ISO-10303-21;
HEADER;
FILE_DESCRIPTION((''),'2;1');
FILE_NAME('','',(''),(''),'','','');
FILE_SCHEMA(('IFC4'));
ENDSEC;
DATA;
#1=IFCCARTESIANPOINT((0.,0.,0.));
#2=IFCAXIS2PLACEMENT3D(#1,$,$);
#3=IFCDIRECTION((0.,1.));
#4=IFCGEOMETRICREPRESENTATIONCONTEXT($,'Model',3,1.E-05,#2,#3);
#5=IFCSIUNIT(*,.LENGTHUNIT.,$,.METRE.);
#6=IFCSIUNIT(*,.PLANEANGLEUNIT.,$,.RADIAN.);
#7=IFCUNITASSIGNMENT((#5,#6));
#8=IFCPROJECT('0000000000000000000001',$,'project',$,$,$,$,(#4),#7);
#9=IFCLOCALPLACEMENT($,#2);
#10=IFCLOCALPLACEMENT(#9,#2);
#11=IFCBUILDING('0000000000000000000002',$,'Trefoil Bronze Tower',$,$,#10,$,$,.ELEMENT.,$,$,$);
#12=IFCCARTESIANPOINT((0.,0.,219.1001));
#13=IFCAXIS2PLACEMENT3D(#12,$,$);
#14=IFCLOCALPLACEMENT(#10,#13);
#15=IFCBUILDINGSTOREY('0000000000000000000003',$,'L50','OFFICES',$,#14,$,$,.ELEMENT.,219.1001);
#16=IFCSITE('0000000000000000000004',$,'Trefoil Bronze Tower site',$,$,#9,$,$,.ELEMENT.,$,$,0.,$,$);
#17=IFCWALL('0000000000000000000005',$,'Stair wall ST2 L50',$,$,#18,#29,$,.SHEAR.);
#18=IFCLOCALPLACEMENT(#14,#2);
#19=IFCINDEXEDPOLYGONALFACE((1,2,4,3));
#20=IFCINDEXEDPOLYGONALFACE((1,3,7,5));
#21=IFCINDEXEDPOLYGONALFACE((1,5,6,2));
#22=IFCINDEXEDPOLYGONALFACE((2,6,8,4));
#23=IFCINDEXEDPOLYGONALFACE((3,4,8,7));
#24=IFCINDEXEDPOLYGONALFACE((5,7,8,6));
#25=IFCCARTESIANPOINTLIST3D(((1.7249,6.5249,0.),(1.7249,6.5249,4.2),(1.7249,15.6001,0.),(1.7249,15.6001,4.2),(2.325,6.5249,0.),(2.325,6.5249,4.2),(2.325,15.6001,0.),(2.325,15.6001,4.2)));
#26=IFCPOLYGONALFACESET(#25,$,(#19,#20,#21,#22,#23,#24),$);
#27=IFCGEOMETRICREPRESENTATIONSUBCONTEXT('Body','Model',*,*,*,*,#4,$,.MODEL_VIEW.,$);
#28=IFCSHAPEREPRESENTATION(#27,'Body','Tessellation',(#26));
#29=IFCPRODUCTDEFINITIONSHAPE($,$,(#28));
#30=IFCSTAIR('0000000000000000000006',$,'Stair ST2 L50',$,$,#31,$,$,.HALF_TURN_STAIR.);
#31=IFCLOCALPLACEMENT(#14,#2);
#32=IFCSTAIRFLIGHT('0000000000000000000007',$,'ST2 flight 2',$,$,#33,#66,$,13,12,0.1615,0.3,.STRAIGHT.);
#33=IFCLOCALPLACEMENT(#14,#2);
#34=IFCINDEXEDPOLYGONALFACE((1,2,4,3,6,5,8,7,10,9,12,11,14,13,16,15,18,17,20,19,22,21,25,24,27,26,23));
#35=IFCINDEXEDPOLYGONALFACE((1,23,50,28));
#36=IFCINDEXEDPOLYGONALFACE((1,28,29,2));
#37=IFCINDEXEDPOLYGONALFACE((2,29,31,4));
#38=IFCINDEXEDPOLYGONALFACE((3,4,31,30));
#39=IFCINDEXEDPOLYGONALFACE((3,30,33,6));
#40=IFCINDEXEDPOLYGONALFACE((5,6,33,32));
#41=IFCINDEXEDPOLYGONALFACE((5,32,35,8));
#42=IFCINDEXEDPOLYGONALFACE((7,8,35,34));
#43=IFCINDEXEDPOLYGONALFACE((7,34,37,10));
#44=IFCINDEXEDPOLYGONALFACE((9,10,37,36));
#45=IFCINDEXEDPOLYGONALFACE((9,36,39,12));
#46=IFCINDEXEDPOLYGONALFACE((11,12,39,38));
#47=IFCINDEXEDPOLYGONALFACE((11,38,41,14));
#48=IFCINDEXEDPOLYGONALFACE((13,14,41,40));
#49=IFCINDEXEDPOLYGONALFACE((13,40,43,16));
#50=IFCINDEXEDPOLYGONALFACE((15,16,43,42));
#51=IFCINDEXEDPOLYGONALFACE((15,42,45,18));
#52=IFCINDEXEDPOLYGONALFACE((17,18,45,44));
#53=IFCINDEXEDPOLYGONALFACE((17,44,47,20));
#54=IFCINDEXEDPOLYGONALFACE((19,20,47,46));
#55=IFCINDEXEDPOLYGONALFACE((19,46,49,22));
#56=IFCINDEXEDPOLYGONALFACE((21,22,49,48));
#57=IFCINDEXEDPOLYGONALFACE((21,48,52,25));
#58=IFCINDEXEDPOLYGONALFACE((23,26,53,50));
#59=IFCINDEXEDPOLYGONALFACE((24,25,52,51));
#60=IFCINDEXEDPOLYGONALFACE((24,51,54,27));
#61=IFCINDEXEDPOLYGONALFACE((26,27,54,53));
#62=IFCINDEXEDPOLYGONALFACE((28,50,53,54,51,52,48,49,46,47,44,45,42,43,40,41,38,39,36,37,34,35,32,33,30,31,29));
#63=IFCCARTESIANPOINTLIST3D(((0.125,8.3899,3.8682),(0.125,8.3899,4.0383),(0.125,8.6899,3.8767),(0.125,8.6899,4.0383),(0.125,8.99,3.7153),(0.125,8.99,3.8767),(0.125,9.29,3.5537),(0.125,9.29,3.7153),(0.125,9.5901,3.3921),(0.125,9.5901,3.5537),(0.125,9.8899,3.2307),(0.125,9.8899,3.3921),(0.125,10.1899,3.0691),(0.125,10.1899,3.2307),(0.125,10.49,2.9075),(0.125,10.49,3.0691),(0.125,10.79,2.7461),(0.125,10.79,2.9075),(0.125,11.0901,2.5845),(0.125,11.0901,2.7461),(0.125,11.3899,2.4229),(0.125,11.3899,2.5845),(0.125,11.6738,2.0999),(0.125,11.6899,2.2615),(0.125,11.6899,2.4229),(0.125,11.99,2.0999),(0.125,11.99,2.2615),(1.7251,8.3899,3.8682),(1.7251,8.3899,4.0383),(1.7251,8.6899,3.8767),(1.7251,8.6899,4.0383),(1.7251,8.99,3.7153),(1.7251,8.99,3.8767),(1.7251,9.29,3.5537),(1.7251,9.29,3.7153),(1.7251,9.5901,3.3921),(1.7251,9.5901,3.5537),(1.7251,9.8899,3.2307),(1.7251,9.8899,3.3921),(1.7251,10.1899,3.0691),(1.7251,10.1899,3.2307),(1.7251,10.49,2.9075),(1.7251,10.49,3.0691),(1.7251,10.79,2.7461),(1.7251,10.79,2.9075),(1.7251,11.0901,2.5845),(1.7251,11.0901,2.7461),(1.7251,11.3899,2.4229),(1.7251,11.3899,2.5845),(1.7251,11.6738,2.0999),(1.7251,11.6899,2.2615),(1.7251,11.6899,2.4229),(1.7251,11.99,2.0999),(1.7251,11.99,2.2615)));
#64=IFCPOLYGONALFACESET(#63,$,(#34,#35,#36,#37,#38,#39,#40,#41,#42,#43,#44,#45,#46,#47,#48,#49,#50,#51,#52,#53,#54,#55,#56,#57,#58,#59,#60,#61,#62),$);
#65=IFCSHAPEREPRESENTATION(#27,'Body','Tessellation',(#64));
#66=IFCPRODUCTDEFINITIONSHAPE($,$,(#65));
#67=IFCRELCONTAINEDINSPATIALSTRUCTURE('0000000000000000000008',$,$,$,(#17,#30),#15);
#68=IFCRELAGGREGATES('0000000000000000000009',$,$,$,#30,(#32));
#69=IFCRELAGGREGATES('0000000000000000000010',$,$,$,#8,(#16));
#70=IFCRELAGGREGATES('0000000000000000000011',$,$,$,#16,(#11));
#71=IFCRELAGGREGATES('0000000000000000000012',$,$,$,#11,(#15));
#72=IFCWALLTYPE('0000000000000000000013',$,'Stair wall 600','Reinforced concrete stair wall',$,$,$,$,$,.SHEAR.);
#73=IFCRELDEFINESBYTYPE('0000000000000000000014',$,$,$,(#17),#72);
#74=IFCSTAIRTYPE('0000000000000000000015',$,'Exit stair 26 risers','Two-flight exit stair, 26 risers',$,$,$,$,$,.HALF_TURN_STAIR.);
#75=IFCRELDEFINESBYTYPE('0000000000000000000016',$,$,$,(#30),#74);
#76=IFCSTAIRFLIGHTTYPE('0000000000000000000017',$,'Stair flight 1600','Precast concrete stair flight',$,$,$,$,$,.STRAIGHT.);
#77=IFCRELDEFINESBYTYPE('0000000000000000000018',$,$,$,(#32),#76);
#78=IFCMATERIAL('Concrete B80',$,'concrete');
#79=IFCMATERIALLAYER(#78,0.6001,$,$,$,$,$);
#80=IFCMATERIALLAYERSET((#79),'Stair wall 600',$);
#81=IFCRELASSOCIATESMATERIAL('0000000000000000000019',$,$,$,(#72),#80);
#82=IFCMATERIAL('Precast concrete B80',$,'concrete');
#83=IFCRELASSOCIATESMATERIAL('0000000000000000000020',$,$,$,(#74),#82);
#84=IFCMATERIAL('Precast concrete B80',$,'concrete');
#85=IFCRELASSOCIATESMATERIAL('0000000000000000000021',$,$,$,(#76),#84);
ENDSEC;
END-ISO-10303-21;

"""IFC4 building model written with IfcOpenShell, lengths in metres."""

from ifc_helpers import new_model, si_unit, direction, frame, frame_2d, origin, place, context, subcontext, project, spatial, polyline, rectangle, outline, extrude, material, layer, layer_set, type_object, element, aggregate, save


model = new_model("IFC4")

# Units and contexts
model_context = context("Model", 3, precision=1e-05, world=origin(), true_north=direction((0.0, 1.0)))
body_context = subcontext(model_context, "Body", "Model", "MODEL_VIEW")
ifc_project = project(units=[si_unit("LENGTHUNIT", "METRE"), si_unit("PLANEANGLEUNIT", "RADIAN")], contexts=[model_context])

# Site, building, storey
site_placement = place(None, origin())
site = spatial("IfcSite", under=ifc_project, at=site_placement, Name="Trefoil Bronze Tower site", CompositionType="ELEMENT", RefElevation=0.0)
building_placement = place(site_placement, origin())
building = spatial("IfcBuilding", under=site, at=building_placement, Name="Trefoil Bronze Tower", CompositionType="ELEMENT")
storey_placement = place(building_placement, frame((0.0, 0.0, 219.1001)))
storey = spatial("IfcBuildingStorey", under=building, at=storey_placement, Name="L50", Description="OFFICES", CompositionType="ELEMENT", Elevation=219.1001)

# Wall
ifc_material_1 = material(Name="Concrete B80", Category="concrete")
ifc_layer_1 = layer(ifc_material_1, 0.6001)
ifc_layer_set_1 = layer_set([ifc_layer_1], Name="Stair wall 600")
wall_type_1 = type_object("IfcWallType", Name="Stair wall 600", Description="Reinforced concrete stair wall", PredefinedType="SHEAR", material=ifc_layer_set_1)
wall_1_placement = place(storey_placement, frame((2.0249, 6.5249, 0.0), z_axis=(0.0, 0.0, 1.0), x_axis=(0.0, 1.0, 0.0)))
element("IfcWall", 1, at=wall_1_placement, inside=storey, type_object=wall_type_1, Name="Stair wall ST2 L50", PredefinedType="SHEAR", context=body_context, shape_type="SweptSolid", body=[
    extrude(rectangle(XDim=9.0752, YDim=0.6001, at=frame_2d((4.5376, 0.0))), origin(), (0.0, 0.0, 1.0), 4.2),
])

# Stair, stair flight
ifc_material_2 = material(Name="Precast concrete B80", Category="concrete")
stair_type = type_object("IfcStairType", Name="Exit stair 26 risers", Description="Two-flight exit stair, 26 risers", PredefinedType="HALF_TURN_STAIR", material=ifc_material_2)
stair_placement = place(storey_placement, origin())
stair = element("IfcStair", 2, at=stair_placement, inside=storey, type_object=stair_type, Name="Stair ST2 L50", PredefinedType="HALF_TURN_STAIR")
ifc_material_3 = material(Name="Precast concrete B80", Category="concrete")
stair_flight_type = type_object("IfcStairFlightType", Name="Stair flight 1600", Description="Precast concrete stair flight", PredefinedType="STRAIGHT", material=ifc_material_3)
stair_flight_placement = place(storey_placement, frame((0.925, 11.99, 2.0999), z_axis=(0.0, 0.0, 1.0), x_axis=(0.0, -1.0, 0.0)))
stair_flight = element("IfcStairFlight", 3, at=stair_flight_placement, type_object=stair_flight_type, Name="ST2 flight 2", NumberOfRisers=13, NumberOfTreads=12, PredefinedType="STRAIGHT", RiserHeight=0.1615, TreadLength=0.3, context=body_context, shape_type="SweptSolid", body=[
    extrude(outline(polyline([(0.0, 0.0), (0.0, 0.1616), (0.3, 0.1616), (0.3, 0.323), (0.6001, 0.323), (0.6001, 0.4846), (0.8999, 0.4846), (0.8999, 0.6462), (1.2, 0.6462), (1.2, 0.8076), (1.5, 0.8076), (1.5, 0.9692), (1.8, 0.9692), (1.8, 1.1309), (2.1001, 1.1309), (2.1001, 1.2922), (2.3999, 1.2922), (2.3999, 1.4539), (2.7, 1.4539), (2.7, 1.6155), (3.0, 1.6155), (3.0, 1.7769), (3.3, 1.7769), (3.3, 1.9385), (3.6001, 1.9385), (3.6001, 2.1001), (3.6001, 1.7683), (0.3162, 0.0), (0.0, 0.0)])), frame((0.0, 0.8, 0.0), z_axis=(0.0, -1.0, 0.0), x_axis=(1.0, 0.0, 0.0)), (0.0, 0.0, 1.0), 1.6001),
])
aggregate(stair, [stair_flight])

save(model, "model.ifc")
